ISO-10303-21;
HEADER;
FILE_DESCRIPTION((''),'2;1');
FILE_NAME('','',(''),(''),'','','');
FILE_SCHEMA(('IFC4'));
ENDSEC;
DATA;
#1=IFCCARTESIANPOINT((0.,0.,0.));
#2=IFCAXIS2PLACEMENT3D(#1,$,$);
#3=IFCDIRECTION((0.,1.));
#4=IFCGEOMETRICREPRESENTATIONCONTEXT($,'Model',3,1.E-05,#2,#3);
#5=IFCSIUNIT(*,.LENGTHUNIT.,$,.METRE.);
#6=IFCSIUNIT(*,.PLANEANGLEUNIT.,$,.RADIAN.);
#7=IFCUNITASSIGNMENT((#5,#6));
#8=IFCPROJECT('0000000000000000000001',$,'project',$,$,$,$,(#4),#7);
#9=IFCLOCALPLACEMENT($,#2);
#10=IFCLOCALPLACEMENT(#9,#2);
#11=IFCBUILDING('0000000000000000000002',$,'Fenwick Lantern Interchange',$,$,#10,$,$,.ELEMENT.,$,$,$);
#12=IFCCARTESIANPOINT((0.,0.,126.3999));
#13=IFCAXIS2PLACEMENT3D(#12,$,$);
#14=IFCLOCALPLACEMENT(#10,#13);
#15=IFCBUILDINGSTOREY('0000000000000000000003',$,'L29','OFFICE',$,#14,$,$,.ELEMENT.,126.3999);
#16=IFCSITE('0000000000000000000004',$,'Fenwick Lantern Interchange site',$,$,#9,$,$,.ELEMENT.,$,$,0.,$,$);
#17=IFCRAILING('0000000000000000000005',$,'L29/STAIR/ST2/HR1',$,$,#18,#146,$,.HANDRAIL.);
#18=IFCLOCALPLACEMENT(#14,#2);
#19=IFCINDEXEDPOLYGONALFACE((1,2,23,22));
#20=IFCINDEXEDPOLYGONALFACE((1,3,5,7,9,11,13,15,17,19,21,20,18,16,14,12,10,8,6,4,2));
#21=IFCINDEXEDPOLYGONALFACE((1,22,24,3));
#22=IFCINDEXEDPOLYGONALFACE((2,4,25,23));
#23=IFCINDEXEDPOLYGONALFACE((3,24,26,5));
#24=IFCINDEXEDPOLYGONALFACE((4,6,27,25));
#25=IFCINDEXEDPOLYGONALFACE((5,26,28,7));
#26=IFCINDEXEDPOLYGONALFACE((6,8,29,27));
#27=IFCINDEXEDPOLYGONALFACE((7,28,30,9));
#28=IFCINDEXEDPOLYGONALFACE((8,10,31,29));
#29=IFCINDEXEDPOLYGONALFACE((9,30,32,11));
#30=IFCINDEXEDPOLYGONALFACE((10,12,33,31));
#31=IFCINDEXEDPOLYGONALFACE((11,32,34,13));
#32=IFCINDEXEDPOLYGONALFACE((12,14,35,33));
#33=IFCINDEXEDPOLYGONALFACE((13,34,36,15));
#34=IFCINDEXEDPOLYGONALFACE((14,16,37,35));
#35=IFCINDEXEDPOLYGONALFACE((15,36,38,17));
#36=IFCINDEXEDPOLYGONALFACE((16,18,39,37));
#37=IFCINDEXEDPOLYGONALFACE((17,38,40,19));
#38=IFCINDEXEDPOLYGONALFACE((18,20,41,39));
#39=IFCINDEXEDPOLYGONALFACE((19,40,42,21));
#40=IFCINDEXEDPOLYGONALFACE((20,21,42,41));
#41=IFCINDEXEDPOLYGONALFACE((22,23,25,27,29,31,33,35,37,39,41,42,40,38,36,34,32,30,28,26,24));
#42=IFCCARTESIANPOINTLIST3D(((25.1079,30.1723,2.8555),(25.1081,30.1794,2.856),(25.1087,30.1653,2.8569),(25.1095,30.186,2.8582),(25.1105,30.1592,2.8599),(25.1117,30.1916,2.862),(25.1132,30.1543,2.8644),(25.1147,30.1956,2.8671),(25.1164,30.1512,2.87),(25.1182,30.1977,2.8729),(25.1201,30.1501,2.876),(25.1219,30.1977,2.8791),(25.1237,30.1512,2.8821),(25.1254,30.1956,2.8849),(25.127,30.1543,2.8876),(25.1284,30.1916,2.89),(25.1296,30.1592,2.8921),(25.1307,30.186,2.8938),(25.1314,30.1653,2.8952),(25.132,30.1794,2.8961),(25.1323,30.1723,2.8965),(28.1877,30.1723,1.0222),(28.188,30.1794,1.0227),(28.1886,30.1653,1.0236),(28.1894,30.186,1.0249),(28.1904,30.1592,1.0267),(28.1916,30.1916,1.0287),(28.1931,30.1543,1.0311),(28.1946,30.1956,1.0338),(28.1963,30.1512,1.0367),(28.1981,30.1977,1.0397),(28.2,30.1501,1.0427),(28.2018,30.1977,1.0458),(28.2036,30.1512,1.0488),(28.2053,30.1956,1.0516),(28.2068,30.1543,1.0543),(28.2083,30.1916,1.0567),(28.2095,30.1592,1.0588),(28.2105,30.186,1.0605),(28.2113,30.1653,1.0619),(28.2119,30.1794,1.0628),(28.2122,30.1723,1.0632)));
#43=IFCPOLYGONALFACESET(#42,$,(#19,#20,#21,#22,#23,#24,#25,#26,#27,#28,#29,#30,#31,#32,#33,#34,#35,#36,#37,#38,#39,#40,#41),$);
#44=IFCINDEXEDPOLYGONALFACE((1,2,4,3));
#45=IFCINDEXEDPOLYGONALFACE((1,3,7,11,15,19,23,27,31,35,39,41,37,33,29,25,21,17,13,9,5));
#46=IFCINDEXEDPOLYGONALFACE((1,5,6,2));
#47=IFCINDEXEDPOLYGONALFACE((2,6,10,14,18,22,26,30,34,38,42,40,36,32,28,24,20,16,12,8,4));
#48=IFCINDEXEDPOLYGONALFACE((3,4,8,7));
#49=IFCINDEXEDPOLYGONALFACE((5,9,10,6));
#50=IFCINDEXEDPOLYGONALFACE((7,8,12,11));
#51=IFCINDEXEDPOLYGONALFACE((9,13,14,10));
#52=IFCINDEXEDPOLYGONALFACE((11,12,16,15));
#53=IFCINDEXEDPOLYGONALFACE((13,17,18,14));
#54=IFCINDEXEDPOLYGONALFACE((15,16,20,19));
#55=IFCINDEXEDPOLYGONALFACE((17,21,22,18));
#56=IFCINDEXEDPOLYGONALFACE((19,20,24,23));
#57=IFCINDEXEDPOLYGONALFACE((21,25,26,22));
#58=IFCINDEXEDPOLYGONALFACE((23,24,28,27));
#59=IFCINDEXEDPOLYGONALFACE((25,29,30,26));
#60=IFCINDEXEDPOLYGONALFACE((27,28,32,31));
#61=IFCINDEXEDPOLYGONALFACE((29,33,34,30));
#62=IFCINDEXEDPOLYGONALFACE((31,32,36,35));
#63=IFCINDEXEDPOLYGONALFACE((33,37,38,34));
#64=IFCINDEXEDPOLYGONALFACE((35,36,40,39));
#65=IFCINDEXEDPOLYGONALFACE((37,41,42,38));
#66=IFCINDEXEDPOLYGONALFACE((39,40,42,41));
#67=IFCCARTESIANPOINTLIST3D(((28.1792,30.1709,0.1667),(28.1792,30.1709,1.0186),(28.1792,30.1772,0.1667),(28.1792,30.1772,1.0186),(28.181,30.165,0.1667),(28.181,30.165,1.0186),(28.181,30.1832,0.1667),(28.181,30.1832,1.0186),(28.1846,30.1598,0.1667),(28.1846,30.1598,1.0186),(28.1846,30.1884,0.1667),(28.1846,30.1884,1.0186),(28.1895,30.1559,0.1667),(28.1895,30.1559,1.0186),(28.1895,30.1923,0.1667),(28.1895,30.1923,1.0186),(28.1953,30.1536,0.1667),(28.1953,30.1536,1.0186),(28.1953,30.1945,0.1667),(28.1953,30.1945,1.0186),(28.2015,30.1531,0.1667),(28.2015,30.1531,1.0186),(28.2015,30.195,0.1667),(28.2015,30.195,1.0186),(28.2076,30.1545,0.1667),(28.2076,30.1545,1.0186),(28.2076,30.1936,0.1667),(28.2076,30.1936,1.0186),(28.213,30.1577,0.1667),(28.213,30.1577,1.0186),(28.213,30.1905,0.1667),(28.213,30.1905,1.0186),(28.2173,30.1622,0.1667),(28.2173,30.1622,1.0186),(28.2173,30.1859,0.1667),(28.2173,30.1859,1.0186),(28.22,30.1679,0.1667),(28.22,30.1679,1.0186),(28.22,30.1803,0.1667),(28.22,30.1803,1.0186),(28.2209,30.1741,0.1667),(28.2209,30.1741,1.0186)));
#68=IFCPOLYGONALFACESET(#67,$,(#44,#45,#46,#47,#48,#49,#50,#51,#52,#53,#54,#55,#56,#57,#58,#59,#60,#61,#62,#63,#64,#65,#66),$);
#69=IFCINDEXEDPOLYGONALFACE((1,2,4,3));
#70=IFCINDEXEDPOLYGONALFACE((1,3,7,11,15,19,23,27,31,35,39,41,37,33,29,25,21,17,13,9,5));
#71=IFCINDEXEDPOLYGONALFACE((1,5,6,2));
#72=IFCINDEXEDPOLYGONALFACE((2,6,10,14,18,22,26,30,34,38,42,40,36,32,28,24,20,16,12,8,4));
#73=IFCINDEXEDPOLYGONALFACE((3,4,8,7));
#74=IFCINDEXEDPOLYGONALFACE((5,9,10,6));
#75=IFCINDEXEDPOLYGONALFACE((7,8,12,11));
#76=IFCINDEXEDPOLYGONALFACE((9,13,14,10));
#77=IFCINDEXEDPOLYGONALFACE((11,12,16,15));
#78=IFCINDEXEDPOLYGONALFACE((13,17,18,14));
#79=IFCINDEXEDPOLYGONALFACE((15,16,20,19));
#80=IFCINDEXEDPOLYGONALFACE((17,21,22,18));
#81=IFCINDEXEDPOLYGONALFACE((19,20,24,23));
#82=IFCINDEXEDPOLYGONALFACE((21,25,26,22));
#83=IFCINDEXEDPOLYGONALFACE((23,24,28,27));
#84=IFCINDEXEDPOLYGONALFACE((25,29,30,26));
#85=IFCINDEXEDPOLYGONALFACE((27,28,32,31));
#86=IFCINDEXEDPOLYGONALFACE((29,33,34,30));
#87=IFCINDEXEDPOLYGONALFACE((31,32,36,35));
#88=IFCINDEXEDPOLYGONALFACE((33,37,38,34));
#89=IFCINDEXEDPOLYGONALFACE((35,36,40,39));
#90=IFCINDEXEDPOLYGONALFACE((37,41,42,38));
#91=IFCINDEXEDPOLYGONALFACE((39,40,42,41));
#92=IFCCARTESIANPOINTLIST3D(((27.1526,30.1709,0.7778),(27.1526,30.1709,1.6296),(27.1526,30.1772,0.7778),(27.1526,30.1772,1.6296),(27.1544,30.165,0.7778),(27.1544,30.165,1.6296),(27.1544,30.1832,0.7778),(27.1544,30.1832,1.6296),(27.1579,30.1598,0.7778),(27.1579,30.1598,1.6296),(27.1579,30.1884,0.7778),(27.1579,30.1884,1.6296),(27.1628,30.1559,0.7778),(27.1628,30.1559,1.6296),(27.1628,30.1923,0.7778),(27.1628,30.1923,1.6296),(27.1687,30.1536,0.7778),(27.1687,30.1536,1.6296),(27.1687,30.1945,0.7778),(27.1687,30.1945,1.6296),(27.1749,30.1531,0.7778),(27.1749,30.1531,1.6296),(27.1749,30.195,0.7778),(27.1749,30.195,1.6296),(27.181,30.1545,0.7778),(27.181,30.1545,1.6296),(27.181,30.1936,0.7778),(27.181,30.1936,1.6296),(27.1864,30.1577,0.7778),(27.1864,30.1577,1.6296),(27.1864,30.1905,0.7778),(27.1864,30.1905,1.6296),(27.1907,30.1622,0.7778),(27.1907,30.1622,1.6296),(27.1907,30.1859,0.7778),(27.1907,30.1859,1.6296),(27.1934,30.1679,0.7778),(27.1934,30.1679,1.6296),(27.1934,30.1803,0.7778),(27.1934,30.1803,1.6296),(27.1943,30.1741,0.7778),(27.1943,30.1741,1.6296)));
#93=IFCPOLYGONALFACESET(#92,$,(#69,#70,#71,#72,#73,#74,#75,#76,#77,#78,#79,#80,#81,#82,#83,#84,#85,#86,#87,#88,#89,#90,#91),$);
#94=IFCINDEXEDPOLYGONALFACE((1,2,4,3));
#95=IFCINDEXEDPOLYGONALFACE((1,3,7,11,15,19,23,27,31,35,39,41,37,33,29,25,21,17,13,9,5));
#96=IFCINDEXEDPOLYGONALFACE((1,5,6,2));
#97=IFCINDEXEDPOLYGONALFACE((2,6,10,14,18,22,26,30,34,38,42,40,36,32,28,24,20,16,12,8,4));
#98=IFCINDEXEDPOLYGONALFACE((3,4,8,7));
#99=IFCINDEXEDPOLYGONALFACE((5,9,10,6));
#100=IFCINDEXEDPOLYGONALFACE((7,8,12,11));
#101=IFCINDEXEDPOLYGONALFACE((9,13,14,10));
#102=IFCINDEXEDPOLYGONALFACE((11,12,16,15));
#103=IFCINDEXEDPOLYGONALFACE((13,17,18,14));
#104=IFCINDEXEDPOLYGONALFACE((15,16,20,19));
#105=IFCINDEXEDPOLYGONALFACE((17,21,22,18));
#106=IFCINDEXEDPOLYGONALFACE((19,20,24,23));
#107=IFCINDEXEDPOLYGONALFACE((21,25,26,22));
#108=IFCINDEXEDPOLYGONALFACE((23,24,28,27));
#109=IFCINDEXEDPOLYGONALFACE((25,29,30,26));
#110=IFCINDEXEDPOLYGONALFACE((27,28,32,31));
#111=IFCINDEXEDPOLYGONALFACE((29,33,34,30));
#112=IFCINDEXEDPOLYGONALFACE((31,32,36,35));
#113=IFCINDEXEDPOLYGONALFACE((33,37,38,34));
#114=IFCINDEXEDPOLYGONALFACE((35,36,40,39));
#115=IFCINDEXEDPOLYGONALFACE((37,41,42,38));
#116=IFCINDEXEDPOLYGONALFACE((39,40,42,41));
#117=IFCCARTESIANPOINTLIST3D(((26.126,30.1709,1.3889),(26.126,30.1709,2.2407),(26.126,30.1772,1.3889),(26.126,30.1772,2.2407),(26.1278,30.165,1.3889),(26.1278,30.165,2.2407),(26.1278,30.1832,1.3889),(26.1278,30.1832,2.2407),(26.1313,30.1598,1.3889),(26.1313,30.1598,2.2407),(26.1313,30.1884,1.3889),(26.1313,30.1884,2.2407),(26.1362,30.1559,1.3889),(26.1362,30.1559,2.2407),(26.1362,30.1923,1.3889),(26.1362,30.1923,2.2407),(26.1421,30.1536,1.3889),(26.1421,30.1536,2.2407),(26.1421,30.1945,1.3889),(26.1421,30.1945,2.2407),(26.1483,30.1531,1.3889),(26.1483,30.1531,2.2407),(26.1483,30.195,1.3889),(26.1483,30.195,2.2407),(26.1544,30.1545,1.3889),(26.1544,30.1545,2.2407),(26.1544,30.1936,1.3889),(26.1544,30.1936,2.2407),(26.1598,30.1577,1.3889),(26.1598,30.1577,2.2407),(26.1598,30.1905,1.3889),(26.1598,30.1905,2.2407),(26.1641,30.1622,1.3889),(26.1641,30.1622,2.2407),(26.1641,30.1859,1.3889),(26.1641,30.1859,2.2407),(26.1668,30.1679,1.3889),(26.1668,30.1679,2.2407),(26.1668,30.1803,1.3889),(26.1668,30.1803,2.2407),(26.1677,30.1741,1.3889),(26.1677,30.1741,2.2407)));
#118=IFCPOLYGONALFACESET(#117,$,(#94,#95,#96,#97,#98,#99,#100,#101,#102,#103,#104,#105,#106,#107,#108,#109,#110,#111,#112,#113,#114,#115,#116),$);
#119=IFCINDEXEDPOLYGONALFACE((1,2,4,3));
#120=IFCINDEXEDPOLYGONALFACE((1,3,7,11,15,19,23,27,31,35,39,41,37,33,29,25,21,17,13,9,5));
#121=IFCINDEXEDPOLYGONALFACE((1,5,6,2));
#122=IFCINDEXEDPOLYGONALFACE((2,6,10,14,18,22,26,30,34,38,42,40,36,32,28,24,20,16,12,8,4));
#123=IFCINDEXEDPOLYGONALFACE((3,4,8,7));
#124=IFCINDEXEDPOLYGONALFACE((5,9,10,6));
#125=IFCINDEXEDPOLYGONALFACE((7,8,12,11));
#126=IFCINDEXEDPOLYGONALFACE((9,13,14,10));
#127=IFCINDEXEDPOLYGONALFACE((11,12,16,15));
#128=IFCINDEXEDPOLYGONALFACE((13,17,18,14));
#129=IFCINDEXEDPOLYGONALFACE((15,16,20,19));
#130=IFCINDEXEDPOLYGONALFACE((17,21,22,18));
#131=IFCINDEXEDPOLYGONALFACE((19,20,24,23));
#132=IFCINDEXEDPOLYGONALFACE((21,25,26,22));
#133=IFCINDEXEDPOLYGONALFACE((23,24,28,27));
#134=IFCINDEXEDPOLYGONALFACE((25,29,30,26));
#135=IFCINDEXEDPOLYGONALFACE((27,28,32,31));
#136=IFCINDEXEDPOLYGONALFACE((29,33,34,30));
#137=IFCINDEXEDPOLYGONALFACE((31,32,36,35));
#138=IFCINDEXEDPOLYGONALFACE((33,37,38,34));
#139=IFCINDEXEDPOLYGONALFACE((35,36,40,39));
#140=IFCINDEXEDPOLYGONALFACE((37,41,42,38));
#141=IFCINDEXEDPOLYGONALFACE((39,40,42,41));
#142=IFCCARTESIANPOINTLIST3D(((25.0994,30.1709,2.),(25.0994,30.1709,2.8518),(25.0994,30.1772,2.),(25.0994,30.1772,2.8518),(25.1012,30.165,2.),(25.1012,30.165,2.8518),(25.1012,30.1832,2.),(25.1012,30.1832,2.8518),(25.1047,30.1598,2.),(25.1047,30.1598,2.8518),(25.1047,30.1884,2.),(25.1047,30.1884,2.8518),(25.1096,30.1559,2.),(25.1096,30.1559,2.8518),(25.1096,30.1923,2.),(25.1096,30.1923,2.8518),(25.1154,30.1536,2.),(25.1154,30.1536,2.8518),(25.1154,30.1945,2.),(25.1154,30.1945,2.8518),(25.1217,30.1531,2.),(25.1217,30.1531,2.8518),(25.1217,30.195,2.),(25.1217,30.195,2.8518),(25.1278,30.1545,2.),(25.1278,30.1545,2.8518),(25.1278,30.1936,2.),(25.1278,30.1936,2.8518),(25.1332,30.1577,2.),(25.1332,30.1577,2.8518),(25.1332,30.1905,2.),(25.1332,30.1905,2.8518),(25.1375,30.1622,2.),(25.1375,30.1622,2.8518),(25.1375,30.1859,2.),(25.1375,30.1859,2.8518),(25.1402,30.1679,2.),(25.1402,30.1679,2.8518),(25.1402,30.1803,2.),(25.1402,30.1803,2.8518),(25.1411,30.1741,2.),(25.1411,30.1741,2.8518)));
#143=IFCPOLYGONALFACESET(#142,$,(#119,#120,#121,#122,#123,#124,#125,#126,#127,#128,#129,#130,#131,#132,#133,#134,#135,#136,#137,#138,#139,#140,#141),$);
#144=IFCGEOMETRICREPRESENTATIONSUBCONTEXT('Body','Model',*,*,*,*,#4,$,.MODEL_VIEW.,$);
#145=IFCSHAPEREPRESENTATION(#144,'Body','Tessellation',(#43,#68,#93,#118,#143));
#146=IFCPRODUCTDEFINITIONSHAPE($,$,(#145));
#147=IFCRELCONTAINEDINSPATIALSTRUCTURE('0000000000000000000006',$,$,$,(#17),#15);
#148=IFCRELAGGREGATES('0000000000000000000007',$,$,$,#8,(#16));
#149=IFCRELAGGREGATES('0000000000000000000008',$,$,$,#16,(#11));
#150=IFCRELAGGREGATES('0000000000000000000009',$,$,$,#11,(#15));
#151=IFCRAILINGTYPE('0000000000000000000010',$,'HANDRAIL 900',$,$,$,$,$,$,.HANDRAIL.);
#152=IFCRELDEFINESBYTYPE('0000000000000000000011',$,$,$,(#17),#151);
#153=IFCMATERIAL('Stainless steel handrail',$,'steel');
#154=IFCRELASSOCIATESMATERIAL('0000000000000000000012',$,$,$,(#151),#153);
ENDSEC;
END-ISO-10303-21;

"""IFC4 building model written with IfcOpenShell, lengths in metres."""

from ifc_helpers import new_model, si_unit, direction, frame, origin, origin_2d, place, context, subcontext, project, spatial, circle, extrude, material, type_object, element, save


model = new_model("IFC4")

# Units and contexts
model_context = context("Model", 3, precision=1e-05, world=origin(), true_north=direction((0.0, 1.0)))
body_context = subcontext(model_context, "Body", "Model", "MODEL_VIEW")
ifc_project = project(units=[si_unit("LENGTHUNIT", "METRE"), si_unit("PLANEANGLEUNIT", "RADIAN")], contexts=[model_context])

# Site, building, storey
site_placement = place(None, origin())
site = spatial("IfcSite", under=ifc_project, at=site_placement, Name="Fenwick Lantern Interchange site", CompositionType="ELEMENT", RefElevation=0.0)
building_placement = place(site_placement, origin())
building = spatial("IfcBuilding", under=site, at=building_placement, Name="Fenwick Lantern Interchange", CompositionType="ELEMENT")
storey_placement = place(building_placement, frame((0.0, 0.0, 126.3999)))
storey = spatial("IfcBuildingStorey", under=building, at=storey_placement, Name="L29", Description="OFFICE", CompositionType="ELEMENT", Elevation=126.3999)

# Railing
ifc_material_1 = material(Name="Stainless steel handrail", Category="steel")
railing_type = type_object("IfcRailingType", Name="HANDRAIL 900", PredefinedType="HANDRAIL", material=ifc_material_1)
railing_1_placement = place(storey_placement, frame((28.2, 30.1741, 0.1667)))
element("IfcRailing", 1, at=railing_1_placement, inside=storey, type_object=railing_type, Name="L29/STAIR/ST2/HR1", PredefinedType="HANDRAIL", context=body_context, shape_type="SweptSolid", body=[
    extrude(circle(Radius=0.0239, at=origin_2d()), frame((0.0, 0.0, 0.876), z_axis=(-0.859291, 0.0, 0.511487), x_axis=(0.0, -1.0, 0.0)), (0.0, 0.0, 1.0), 3.5842),
    extrude(circle(Radius=0.021, at=origin_2d()), origin(), (0.0, 0.0, 1.0), 0.8518),
    extrude(circle(Radius=0.021, at=origin_2d()), frame((-1.0266, 0.0, 0.6111)), (0.0, 0.0, 1.0), 0.8518),
    extrude(circle(Radius=0.021, at=origin_2d()), frame((-2.0532, 0.0, 1.2222)), (0.0, 0.0, 1.0), 0.8518),
    extrude(circle(Radius=0.021, at=origin_2d()), frame((-3.0798, 0.0, 1.8333)), (0.0, 0.0, 1.0), 0.8518),
])

save(model, "model.ifc")
